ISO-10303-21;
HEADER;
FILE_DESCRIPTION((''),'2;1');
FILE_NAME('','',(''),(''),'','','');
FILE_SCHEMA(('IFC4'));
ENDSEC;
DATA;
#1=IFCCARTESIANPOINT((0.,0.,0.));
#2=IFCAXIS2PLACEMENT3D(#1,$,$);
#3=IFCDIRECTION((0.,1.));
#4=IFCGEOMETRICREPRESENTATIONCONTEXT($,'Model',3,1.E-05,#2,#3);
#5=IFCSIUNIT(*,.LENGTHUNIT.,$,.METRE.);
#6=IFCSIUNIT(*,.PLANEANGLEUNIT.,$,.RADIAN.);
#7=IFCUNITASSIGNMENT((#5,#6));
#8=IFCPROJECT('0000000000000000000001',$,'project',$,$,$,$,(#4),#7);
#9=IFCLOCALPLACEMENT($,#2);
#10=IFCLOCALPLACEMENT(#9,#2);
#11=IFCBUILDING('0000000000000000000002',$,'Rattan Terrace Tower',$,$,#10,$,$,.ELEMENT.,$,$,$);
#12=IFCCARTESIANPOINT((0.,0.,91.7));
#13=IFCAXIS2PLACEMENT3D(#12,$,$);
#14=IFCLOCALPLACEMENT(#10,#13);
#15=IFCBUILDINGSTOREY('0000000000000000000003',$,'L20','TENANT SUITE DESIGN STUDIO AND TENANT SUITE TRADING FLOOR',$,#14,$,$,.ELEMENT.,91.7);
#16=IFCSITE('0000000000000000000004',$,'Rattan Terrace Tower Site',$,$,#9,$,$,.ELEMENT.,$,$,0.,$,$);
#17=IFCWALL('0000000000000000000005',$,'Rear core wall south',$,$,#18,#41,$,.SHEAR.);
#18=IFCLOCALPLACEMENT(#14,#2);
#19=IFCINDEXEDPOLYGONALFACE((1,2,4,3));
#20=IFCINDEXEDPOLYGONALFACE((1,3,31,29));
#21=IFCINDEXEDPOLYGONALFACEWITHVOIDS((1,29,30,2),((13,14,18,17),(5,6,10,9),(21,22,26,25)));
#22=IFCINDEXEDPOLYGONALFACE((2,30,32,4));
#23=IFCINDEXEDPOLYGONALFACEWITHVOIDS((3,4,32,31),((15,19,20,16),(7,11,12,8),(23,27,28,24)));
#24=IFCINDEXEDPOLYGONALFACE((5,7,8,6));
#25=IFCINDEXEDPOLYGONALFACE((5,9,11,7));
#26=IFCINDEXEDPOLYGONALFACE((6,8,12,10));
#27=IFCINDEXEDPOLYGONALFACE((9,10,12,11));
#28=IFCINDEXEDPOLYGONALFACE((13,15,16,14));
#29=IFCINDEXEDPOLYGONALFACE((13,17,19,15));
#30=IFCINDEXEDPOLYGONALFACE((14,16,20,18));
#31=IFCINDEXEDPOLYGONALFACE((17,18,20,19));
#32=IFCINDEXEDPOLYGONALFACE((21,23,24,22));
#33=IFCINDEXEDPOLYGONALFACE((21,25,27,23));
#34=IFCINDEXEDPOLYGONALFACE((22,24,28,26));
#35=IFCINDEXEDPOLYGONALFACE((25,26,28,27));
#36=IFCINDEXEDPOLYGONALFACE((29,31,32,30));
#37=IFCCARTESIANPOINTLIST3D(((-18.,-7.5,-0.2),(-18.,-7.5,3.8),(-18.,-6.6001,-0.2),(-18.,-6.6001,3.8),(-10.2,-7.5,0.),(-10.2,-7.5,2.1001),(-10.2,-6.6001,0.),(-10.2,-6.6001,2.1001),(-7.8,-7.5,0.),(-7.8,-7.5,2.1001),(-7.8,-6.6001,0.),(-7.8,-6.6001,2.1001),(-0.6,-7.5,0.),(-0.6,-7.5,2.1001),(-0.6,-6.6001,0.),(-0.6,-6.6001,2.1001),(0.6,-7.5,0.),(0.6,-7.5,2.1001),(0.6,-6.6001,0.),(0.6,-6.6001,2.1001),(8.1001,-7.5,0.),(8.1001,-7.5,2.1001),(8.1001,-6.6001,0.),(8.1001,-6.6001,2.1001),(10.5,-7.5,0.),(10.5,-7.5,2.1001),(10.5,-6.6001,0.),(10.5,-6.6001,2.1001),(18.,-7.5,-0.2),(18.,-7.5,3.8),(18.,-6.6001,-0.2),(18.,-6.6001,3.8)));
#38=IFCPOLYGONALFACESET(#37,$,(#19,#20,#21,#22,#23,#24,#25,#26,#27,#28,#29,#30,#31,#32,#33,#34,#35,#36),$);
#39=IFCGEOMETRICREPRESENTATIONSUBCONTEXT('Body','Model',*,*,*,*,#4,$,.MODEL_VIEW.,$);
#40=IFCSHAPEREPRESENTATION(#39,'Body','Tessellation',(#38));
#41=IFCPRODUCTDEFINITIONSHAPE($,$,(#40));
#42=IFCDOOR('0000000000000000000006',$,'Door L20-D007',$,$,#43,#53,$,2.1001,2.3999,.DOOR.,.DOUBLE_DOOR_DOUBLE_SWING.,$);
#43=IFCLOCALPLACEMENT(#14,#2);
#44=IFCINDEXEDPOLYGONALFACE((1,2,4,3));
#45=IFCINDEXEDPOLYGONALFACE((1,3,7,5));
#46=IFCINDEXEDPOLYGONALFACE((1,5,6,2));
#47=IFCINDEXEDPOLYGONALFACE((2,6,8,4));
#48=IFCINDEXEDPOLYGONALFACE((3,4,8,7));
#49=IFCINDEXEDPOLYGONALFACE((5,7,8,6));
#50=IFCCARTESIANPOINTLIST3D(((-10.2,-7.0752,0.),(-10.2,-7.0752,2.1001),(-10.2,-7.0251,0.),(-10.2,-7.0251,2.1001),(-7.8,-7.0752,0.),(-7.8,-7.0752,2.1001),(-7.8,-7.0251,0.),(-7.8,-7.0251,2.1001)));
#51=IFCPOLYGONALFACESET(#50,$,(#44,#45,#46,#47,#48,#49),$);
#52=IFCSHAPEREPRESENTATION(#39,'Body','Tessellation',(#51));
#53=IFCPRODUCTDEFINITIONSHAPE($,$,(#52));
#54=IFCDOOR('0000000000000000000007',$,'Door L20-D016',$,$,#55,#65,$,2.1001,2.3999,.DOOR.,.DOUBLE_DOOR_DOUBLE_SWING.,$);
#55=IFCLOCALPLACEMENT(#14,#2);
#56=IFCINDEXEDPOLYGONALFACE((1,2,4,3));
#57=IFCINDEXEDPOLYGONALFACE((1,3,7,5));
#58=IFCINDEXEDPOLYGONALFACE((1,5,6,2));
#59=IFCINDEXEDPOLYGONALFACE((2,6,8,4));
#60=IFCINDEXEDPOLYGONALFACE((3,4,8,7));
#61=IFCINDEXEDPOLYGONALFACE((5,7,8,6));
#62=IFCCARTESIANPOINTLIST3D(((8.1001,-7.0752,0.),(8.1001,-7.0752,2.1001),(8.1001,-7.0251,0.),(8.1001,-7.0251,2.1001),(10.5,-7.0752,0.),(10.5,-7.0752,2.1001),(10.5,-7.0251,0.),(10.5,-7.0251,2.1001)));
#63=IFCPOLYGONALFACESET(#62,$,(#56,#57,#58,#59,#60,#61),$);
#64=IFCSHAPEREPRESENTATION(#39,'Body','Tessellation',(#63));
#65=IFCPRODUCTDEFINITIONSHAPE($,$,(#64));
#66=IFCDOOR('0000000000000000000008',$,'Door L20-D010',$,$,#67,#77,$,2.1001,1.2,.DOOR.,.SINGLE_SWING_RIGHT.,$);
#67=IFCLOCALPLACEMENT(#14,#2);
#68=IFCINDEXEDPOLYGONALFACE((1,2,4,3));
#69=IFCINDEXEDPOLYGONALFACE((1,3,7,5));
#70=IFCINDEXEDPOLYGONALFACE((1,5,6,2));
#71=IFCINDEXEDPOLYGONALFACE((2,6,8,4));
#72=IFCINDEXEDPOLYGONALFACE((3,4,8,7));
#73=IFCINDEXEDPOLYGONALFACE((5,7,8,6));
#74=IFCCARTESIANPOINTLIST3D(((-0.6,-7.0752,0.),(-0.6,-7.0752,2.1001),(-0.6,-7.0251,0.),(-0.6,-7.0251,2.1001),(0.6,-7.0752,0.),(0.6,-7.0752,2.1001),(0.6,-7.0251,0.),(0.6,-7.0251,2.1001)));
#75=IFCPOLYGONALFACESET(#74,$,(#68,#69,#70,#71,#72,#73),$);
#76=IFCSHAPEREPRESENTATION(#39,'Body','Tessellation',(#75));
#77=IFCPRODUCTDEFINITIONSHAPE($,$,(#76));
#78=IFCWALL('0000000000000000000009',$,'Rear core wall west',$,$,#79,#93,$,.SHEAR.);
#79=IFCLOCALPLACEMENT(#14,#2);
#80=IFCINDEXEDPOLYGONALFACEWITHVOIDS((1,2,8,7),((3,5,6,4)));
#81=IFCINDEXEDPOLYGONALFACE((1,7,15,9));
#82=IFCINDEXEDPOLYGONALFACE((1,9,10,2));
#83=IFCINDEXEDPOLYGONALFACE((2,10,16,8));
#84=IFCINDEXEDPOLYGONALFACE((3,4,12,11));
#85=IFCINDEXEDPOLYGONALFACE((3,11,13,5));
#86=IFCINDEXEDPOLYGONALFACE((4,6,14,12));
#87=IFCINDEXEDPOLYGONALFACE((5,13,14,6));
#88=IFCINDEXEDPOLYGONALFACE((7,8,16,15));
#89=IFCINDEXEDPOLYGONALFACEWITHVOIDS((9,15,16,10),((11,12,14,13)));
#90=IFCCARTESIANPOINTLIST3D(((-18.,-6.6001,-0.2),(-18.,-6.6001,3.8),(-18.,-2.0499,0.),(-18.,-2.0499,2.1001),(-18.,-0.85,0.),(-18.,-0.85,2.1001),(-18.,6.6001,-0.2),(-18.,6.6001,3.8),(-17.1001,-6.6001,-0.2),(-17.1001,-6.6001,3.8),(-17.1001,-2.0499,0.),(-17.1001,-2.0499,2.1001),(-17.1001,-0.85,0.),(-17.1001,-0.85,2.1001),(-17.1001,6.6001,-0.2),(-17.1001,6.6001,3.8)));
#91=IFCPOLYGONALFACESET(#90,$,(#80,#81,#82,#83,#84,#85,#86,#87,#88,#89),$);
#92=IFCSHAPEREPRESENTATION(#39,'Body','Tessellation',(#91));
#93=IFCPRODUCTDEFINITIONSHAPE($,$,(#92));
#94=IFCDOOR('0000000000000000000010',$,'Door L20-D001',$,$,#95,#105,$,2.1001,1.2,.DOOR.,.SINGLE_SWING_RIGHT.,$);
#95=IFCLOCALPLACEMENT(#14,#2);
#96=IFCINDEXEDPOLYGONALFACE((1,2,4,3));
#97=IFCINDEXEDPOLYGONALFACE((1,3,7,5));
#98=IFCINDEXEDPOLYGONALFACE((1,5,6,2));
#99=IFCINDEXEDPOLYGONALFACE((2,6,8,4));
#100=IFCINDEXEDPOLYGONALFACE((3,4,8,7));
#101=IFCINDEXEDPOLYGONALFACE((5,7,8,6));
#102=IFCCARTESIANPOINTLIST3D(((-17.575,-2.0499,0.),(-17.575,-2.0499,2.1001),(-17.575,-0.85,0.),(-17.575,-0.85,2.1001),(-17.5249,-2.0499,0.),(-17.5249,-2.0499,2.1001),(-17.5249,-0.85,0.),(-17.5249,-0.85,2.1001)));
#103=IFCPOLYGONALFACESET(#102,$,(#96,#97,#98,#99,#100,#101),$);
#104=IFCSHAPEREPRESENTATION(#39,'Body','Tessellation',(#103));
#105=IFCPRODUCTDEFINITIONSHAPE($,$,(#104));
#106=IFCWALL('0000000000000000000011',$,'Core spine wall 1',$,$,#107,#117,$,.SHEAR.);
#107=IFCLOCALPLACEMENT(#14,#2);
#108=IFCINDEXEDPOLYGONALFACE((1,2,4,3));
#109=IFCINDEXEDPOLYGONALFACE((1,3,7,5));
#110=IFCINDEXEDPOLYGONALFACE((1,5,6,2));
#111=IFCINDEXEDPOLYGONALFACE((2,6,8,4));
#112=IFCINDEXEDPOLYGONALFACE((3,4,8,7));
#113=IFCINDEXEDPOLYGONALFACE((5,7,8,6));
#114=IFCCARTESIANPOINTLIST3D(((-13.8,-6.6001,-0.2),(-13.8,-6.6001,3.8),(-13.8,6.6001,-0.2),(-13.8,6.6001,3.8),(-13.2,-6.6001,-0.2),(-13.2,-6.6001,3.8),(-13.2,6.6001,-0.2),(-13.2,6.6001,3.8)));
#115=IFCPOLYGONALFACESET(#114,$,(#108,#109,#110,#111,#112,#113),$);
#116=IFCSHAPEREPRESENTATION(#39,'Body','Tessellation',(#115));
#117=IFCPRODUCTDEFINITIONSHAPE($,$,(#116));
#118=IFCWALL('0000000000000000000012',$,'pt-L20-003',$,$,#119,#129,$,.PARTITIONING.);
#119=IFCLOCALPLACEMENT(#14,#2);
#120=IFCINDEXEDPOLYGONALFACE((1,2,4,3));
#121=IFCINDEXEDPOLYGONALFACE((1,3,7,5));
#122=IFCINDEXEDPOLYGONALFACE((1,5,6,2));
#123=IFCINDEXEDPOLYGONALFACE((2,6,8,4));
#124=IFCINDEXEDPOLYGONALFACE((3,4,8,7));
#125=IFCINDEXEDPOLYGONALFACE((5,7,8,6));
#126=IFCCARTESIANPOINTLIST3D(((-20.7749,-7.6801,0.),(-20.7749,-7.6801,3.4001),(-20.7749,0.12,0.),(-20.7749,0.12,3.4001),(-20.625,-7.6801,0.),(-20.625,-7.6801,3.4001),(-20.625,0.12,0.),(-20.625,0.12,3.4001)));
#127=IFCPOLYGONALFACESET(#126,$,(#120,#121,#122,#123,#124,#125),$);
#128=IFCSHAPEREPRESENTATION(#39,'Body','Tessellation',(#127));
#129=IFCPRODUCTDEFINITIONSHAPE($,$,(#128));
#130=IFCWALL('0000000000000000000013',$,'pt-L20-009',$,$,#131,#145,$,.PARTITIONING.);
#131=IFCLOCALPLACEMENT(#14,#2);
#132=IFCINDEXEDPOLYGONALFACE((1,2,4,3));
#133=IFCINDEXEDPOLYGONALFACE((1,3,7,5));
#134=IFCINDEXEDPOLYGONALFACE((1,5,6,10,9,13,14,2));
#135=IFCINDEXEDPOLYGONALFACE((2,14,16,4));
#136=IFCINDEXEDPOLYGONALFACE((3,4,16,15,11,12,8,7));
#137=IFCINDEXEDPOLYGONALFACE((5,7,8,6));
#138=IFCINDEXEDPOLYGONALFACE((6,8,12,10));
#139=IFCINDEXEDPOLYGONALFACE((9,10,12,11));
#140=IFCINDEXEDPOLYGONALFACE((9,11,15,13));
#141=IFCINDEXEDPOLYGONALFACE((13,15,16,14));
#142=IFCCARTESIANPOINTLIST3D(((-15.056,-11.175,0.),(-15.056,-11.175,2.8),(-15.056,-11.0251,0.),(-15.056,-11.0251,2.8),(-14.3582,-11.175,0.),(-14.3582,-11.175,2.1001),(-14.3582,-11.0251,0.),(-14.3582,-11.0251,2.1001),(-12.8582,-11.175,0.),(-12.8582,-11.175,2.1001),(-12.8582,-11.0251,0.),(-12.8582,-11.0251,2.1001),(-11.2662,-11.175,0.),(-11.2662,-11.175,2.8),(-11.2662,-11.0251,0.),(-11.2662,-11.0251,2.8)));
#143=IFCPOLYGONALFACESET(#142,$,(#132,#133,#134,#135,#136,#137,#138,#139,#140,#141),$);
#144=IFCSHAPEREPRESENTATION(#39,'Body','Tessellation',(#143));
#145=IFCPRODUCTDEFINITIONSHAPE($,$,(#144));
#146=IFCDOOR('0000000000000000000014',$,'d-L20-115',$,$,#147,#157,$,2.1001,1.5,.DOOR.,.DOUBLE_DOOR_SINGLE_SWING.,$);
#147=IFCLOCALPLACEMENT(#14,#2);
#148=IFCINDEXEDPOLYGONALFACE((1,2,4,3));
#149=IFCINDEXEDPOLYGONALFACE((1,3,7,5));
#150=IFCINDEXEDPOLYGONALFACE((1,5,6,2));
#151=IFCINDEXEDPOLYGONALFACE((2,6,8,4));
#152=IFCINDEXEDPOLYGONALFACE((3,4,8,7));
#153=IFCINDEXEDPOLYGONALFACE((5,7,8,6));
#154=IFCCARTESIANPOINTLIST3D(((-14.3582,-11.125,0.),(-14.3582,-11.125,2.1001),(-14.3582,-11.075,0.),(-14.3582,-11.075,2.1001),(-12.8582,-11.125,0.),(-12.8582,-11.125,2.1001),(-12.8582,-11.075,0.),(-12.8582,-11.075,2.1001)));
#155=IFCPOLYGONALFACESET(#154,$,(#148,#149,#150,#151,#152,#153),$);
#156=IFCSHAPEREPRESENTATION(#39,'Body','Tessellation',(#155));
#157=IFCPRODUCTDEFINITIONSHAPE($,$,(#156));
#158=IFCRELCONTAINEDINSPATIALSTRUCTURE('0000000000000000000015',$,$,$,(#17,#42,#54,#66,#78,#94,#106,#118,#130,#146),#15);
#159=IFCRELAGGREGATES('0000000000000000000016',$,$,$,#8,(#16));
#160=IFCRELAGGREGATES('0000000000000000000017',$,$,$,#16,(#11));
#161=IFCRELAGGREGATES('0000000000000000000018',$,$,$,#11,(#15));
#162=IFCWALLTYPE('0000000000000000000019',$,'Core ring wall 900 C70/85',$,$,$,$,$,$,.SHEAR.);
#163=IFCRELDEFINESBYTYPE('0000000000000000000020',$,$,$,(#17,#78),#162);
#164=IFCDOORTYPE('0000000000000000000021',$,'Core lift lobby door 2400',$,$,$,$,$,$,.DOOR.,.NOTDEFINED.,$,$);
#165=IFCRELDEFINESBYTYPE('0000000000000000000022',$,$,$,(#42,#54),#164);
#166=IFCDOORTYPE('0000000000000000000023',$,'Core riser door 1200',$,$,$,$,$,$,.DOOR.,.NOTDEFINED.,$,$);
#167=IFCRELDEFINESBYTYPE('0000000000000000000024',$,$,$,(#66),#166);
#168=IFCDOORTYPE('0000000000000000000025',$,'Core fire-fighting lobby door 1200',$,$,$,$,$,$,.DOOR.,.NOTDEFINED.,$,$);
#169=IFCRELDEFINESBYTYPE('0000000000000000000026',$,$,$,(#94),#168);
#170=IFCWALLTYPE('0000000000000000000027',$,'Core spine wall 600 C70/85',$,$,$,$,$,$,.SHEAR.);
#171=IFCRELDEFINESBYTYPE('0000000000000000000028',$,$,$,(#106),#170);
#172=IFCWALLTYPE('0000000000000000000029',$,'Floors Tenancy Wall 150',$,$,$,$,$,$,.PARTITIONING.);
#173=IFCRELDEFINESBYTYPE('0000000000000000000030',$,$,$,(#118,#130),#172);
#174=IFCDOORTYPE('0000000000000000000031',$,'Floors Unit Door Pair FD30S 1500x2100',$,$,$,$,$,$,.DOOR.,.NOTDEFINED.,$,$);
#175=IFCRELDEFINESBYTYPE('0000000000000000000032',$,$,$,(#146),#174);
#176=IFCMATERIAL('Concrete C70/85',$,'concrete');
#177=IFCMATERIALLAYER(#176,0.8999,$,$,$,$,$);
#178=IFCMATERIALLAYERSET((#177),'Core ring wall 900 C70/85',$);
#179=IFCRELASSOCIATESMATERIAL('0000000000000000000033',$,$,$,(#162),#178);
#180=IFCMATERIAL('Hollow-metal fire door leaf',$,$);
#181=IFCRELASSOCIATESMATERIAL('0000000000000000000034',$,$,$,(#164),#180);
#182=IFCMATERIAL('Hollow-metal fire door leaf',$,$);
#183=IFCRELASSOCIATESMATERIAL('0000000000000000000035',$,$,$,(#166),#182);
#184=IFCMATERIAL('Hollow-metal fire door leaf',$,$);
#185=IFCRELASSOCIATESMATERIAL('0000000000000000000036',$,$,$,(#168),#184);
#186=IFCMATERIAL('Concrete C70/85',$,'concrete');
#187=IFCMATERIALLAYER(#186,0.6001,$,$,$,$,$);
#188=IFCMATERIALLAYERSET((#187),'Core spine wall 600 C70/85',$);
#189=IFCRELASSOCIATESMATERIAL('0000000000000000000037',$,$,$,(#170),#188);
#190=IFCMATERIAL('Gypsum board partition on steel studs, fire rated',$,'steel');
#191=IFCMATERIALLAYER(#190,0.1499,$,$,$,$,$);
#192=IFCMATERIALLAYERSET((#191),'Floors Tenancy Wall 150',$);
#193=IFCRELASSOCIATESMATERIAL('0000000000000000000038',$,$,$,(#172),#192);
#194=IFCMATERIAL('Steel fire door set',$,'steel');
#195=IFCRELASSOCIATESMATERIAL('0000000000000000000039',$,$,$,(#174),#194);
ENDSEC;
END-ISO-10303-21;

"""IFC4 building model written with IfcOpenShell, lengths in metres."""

from ifc_helpers import new_model, si_unit, direction, frame, frame_2d, origin, place, context, subcontext, project, spatial, rectangle, extrude, material, layer, layer_set, type_object, element, fill, save


model = new_model("IFC4")

# Units and contexts
model_context = context("Model", 3, precision=1e-05, world=origin(), true_north=direction((0.0, 1.0)))
body_context = subcontext(model_context, "Body", "Model", "MODEL_VIEW")
ifc_project = project(units=[si_unit("LENGTHUNIT", "METRE"), si_unit("PLANEANGLEUNIT", "RADIAN")], contexts=[model_context])

# Site, building, storey
site_placement = place(None, origin())
site = spatial("IfcSite", under=ifc_project, at=site_placement, Name="Rattan Terrace Tower Site", CompositionType="ELEMENT", RefElevation=0.0)
building_placement = place(site_placement, origin())
building = spatial("IfcBuilding", under=site, at=building_placement, Name="Rattan Terrace Tower", CompositionType="ELEMENT")
storey_placement = place(building_placement, frame((0.0, 0.0, 91.7)))
storey = spatial("IfcBuildingStorey", under=building, at=storey_placement, Name="L20", Description="TENANT SUITE DESIGN STUDIO AND TENANT SUITE TRADING FLOOR", CompositionType="ELEMENT", Elevation=91.7)

# Wall, openings, doors
ifc_material_1 = material(Name="Concrete C70/85", Category="concrete")
ifc_layer_1 = layer(ifc_material_1, 0.8999)
ifc_layer_set_1 = layer_set([ifc_layer_1], Name="Core ring wall 900 C70/85")
wall_type_1 = type_object("IfcWallType", Name="Core ring wall 900 C70/85", PredefinedType="SHEAR", material=ifc_layer_set_1)
wall_1_placement = place(storey_placement, frame((-18.0, -7.05, -0.2), z_axis=(0.0, 0.0, 1.0), x_axis=(1.0, 0.0, 0.0)))
wall_1 = element("IfcWall", 1, at=wall_1_placement, inside=storey, type_object=wall_type_1, Name="Rear core wall south", PredefinedType="SHEAR", context=body_context, shape_type="SweptSolid", body=[
    extrude(rectangle(XDim=36.0, YDim=0.8999, at=frame_2d((18.0, 0.0))), origin(), (0.0, 0.0, 1.0), 4.0),
])
opening_1_placement = place(wall_1_placement, frame((7.8, 0.0, 0.2)))
opening_1 = element("IfcOpeningElement", 2, at=opening_1_placement, cuts=wall_1, PredefinedType="OPENING", context=body_context, shape_type="SweptSolid", body=[
    extrude(rectangle(XDim=2.3999, YDim=2.1001, at=frame_2d((1.2, 1.05))), frame((0.0, 0.4604, 0.0), z_axis=(0.0, -1.0, 0.0), x_axis=(1.0, 0.0, 0.0)), (0.0, 0.0, 1.0), 0.9209),
])
opening_2_placement = place(wall_1_placement, frame((17.3999, 0.0, 0.2)))
opening_2 = element("IfcOpeningElement", 3, at=opening_2_placement, cuts=wall_1, PredefinedType="OPENING", context=body_context, shape_type="SweptSolid", body=[
    extrude(rectangle(XDim=1.2, YDim=2.1001, at=frame_2d((0.6001, 1.05))), frame((0.0, 0.4604, 0.0), z_axis=(0.0, -1.0, 0.0), x_axis=(1.0, 0.0, 0.0)), (0.0, 0.0, 1.0), 0.9209),
])
opening_3_placement = place(wall_1_placement, frame((26.1001, 0.0, 0.2)))
opening_3 = element("IfcOpeningElement", 4, at=opening_3_placement, cuts=wall_1, PredefinedType="OPENING", context=body_context, shape_type="SweptSolid", body=[
    extrude(rectangle(XDim=2.3999, YDim=2.1001, at=frame_2d((1.2, 1.05))), frame((0.0, 0.4604, 0.0), z_axis=(0.0, -1.0, 0.0), x_axis=(1.0, 0.0, 0.0)), (0.0, 0.0, 1.0), 0.9209),
])
ifc_material_2 = material(Name="Hollow-metal fire door leaf")
door_type_1 = type_object("IfcDoorType", Name="Core lift lobby door 2400", OperationType="NOTDEFINED", PredefinedType="DOOR", material=ifc_material_2)
door_1_placement = place(opening_1_placement, origin())
door_1 = element("IfcDoor", 5, at=door_1_placement, inside=storey, type_object=door_type_1, Name="Door L20-D007", OperationType="DOUBLE_DOOR_DOUBLE_SWING", OverallHeight=2.1001, OverallWidth=2.3999, PredefinedType="DOOR", context=body_context, shape_type="SweptSolid", body=[
    extrude(rectangle(XDim=2.3999, YDim=2.1001, at=frame_2d((1.2, 1.05))), frame((0.0, 0.0249, 0.0), z_axis=(0.0, -1.0, 0.0), x_axis=(1.0, 0.0, 0.0)), (0.0, 0.0, 1.0), 0.05),
])
fill(opening_1, door_1)
door_2_placement = place(opening_3_placement, origin())
door_2 = element("IfcDoor", 6, at=door_2_placement, inside=storey, type_object=door_type_1, Name="Door L20-D016", OperationType="DOUBLE_DOOR_DOUBLE_SWING", OverallHeight=2.1001, OverallWidth=2.3999, PredefinedType="DOOR", context=body_context, shape_type="SweptSolid", body=[
    extrude(rectangle(XDim=2.3999, YDim=2.1001, at=frame_2d((1.2, 1.05))), frame((0.0, 0.0249, 0.0), z_axis=(0.0, -1.0, 0.0), x_axis=(1.0, 0.0, 0.0)), (0.0, 0.0, 1.0), 0.05),
])
fill(opening_3, door_2)
ifc_material_3 = material(Name="Hollow-metal fire door leaf")
door_type_2 = type_object("IfcDoorType", Name="Core riser door 1200", OperationType="NOTDEFINED", PredefinedType="DOOR", material=ifc_material_3)
door_3_placement = place(opening_2_placement, origin())
door_3 = element("IfcDoor", 7, at=door_3_placement, inside=storey, type_object=door_type_2, Name="Door L20-D010", OperationType="SINGLE_SWING_RIGHT", OverallHeight=2.1001, OverallWidth=1.2, PredefinedType="DOOR", context=body_context, shape_type="SweptSolid", body=[
    extrude(rectangle(XDim=1.2, YDim=2.1001, at=frame_2d((0.6001, 1.05))), frame((0.0, 0.0249, 0.0), z_axis=(0.0, -1.0, 0.0), x_axis=(1.0, 0.0, 0.0)), (0.0, 0.0, 1.0), 0.05),
])
fill(opening_2, door_3)

# Wall, opening, door
wall_2_placement = place(storey_placement, frame((-17.55, -6.6001, -0.2), z_axis=(0.0, 0.0, 1.0), x_axis=(0.0, 1.0, 0.0)))
wall_2 = element("IfcWall", 8, at=wall_2_placement, inside=storey, type_object=wall_type_1, Name="Rear core wall west", PredefinedType="SHEAR", context=body_context, shape_type="SweptSolid", body=[
    extrude(rectangle(XDim=13.2002, YDim=0.8999, at=frame_2d((6.6001, 0.0))), origin(), (0.0, 0.0, 1.0), 4.0),
])
opening_4_placement = place(wall_2_placement, frame((4.55, 0.0, 0.2)))
opening_4 = element("IfcOpeningElement", 9, at=opening_4_placement, cuts=wall_2, PredefinedType="OPENING", context=body_context, shape_type="SweptSolid", body=[
    extrude(rectangle(XDim=1.2, YDim=2.1001, at=frame_2d((0.6001, 1.05))), frame((0.0, 0.4604, 0.0), z_axis=(0.0, -1.0, 0.0), x_axis=(1.0, 0.0, 0.0)), (0.0, 0.0, 1.0), 0.9209),
])
ifc_material_4 = material(Name="Hollow-metal fire door leaf")
door_type_3 = type_object("IfcDoorType", Name="Core fire-fighting lobby door 1200", OperationType="NOTDEFINED", PredefinedType="DOOR", material=ifc_material_4)
door_4_placement = place(opening_4_placement, origin())
door_4 = element("IfcDoor", 10, at=door_4_placement, inside=storey, type_object=door_type_3, Name="Door L20-D001", OperationType="SINGLE_SWING_RIGHT", OverallHeight=2.1001, OverallWidth=1.2, PredefinedType="DOOR", context=body_context, shape_type="SweptSolid", body=[
    extrude(rectangle(XDim=1.2, YDim=2.1001, at=frame_2d((0.6001, 1.05))), frame((0.0, 0.0249, 0.0), z_axis=(0.0, -1.0, 0.0), x_axis=(1.0, 0.0, 0.0)), (0.0, 0.0, 1.0), 0.05),
])
fill(opening_4, door_4)

# Walls
ifc_material_5 = material(Name="Concrete C70/85", Category="concrete")
ifc_layer_2 = layer(ifc_material_5, 0.6001)
ifc_layer_set_2 = layer_set([ifc_layer_2], Name="Core spine wall 600 C70/85")
wall_type_2 = type_object("IfcWallType", Name="Core spine wall 600 C70/85", PredefinedType="SHEAR", material=ifc_layer_set_2)
wall_3_placement = place(storey_placement, frame((-13.5, -6.6001, -0.2), z_axis=(0.0, 0.0, 1.0), x_axis=(0.0, 1.0, 0.0)))
element("IfcWall", 11, at=wall_3_placement, inside=storey, type_object=wall_type_2, Name="Core spine wall 1", PredefinedType="SHEAR", context=body_context, shape_type="SweptSolid", body=[
    extrude(rectangle(XDim=13.2002, YDim=0.6001, at=frame_2d((6.6001, 0.0))), origin(), (0.0, 0.0, 1.0), 4.0),
])
ifc_material_6 = material(Name="Gypsum board partition on steel studs, fire rated", Category="steel")
ifc_layer_3 = layer(ifc_material_6, 0.1499)
ifc_layer_set_3 = layer_set([ifc_layer_3], Name="Floors Tenancy Wall 150")
wall_type_3 = type_object("IfcWallType", Name="Floors Tenancy Wall 150", PredefinedType="PARTITIONING", material=ifc_layer_set_3)
wall_4_placement = place(storey_placement, frame((-20.7, -7.6799, 0.0), z_axis=(0.0, 0.0, 1.0), x_axis=(0.0, 1.0, 0.0)))
element("IfcWall", 12, at=wall_4_placement, inside=storey, type_object=wall_type_3, Name="pt-L20-003", PredefinedType="PARTITIONING", context=body_context, shape_type="SweptSolid", body=[
    extrude(rectangle(XDim=7.8, YDim=0.1499, at=frame_2d((3.8999, 0.0))), origin(), (0.0, 0.0, 1.0), 3.4001),
])

# Wall, opening, door
wall_5_placement = place(storey_placement, frame((-11.2661, -11.1001, 0.0), z_axis=(0.0, 0.0, 1.0), x_axis=(-1.0, 0.0, 0.0)))
wall_5 = element("IfcWall", 13, at=wall_5_placement, inside=storey, type_object=wall_type_3, Name="pt-L20-009", PredefinedType="PARTITIONING", context=body_context, shape_type="SweptSolid", body=[
    extrude(rectangle(XDim=3.7898, YDim=0.1499, at=frame_2d((1.895, 0.0))), origin(), (0.0, 0.0, 1.0), 2.8),
])
opening_5_placement = place(wall_5_placement, frame((1.592, 0.0, 0.0)))
opening_5 = element("IfcOpeningElement", 14, at=opening_5_placement, cuts=wall_5, PredefinedType="OPENING", context=body_context, shape_type="SweptSolid", body=[
    extrude(rectangle(XDim=1.5, YDim=2.1001, at=frame_2d((0.75, 1.05))), frame((0.0, 0.0854, 0.0), z_axis=(0.0, -1.0, 0.0), x_axis=(1.0, 0.0, 0.0)), (0.0, 0.0, 1.0), 0.1709),
])
ifc_material_7 = material(Name="Steel fire door set", Category="steel")
door_type_4 = type_object("IfcDoorType", Name="Floors Unit Door Pair FD30S 1500x2100", OperationType="NOTDEFINED", PredefinedType="DOOR", material=ifc_material_7)
door_5_placement = place(opening_5_placement, origin())
door_5 = element("IfcDoor", 15, at=door_5_placement, inside=storey, type_object=door_type_4, Name="d-L20-115", OperationType="DOUBLE_DOOR_SINGLE_SWING", OverallHeight=2.1001, OverallWidth=1.5, PredefinedType="DOOR", context=body_context, shape_type="SweptSolid", body=[
    extrude(rectangle(XDim=1.5, YDim=2.1001, at=frame_2d((0.75, 1.05))), frame((0.0, 0.0249, 0.0), z_axis=(0.0, -1.0, 0.0), x_axis=(1.0, 0.0, 0.0)), (0.0, 0.0, 1.0), 0.05),
])
fill(opening_5, door_5)

save(model, "model.ifc")
